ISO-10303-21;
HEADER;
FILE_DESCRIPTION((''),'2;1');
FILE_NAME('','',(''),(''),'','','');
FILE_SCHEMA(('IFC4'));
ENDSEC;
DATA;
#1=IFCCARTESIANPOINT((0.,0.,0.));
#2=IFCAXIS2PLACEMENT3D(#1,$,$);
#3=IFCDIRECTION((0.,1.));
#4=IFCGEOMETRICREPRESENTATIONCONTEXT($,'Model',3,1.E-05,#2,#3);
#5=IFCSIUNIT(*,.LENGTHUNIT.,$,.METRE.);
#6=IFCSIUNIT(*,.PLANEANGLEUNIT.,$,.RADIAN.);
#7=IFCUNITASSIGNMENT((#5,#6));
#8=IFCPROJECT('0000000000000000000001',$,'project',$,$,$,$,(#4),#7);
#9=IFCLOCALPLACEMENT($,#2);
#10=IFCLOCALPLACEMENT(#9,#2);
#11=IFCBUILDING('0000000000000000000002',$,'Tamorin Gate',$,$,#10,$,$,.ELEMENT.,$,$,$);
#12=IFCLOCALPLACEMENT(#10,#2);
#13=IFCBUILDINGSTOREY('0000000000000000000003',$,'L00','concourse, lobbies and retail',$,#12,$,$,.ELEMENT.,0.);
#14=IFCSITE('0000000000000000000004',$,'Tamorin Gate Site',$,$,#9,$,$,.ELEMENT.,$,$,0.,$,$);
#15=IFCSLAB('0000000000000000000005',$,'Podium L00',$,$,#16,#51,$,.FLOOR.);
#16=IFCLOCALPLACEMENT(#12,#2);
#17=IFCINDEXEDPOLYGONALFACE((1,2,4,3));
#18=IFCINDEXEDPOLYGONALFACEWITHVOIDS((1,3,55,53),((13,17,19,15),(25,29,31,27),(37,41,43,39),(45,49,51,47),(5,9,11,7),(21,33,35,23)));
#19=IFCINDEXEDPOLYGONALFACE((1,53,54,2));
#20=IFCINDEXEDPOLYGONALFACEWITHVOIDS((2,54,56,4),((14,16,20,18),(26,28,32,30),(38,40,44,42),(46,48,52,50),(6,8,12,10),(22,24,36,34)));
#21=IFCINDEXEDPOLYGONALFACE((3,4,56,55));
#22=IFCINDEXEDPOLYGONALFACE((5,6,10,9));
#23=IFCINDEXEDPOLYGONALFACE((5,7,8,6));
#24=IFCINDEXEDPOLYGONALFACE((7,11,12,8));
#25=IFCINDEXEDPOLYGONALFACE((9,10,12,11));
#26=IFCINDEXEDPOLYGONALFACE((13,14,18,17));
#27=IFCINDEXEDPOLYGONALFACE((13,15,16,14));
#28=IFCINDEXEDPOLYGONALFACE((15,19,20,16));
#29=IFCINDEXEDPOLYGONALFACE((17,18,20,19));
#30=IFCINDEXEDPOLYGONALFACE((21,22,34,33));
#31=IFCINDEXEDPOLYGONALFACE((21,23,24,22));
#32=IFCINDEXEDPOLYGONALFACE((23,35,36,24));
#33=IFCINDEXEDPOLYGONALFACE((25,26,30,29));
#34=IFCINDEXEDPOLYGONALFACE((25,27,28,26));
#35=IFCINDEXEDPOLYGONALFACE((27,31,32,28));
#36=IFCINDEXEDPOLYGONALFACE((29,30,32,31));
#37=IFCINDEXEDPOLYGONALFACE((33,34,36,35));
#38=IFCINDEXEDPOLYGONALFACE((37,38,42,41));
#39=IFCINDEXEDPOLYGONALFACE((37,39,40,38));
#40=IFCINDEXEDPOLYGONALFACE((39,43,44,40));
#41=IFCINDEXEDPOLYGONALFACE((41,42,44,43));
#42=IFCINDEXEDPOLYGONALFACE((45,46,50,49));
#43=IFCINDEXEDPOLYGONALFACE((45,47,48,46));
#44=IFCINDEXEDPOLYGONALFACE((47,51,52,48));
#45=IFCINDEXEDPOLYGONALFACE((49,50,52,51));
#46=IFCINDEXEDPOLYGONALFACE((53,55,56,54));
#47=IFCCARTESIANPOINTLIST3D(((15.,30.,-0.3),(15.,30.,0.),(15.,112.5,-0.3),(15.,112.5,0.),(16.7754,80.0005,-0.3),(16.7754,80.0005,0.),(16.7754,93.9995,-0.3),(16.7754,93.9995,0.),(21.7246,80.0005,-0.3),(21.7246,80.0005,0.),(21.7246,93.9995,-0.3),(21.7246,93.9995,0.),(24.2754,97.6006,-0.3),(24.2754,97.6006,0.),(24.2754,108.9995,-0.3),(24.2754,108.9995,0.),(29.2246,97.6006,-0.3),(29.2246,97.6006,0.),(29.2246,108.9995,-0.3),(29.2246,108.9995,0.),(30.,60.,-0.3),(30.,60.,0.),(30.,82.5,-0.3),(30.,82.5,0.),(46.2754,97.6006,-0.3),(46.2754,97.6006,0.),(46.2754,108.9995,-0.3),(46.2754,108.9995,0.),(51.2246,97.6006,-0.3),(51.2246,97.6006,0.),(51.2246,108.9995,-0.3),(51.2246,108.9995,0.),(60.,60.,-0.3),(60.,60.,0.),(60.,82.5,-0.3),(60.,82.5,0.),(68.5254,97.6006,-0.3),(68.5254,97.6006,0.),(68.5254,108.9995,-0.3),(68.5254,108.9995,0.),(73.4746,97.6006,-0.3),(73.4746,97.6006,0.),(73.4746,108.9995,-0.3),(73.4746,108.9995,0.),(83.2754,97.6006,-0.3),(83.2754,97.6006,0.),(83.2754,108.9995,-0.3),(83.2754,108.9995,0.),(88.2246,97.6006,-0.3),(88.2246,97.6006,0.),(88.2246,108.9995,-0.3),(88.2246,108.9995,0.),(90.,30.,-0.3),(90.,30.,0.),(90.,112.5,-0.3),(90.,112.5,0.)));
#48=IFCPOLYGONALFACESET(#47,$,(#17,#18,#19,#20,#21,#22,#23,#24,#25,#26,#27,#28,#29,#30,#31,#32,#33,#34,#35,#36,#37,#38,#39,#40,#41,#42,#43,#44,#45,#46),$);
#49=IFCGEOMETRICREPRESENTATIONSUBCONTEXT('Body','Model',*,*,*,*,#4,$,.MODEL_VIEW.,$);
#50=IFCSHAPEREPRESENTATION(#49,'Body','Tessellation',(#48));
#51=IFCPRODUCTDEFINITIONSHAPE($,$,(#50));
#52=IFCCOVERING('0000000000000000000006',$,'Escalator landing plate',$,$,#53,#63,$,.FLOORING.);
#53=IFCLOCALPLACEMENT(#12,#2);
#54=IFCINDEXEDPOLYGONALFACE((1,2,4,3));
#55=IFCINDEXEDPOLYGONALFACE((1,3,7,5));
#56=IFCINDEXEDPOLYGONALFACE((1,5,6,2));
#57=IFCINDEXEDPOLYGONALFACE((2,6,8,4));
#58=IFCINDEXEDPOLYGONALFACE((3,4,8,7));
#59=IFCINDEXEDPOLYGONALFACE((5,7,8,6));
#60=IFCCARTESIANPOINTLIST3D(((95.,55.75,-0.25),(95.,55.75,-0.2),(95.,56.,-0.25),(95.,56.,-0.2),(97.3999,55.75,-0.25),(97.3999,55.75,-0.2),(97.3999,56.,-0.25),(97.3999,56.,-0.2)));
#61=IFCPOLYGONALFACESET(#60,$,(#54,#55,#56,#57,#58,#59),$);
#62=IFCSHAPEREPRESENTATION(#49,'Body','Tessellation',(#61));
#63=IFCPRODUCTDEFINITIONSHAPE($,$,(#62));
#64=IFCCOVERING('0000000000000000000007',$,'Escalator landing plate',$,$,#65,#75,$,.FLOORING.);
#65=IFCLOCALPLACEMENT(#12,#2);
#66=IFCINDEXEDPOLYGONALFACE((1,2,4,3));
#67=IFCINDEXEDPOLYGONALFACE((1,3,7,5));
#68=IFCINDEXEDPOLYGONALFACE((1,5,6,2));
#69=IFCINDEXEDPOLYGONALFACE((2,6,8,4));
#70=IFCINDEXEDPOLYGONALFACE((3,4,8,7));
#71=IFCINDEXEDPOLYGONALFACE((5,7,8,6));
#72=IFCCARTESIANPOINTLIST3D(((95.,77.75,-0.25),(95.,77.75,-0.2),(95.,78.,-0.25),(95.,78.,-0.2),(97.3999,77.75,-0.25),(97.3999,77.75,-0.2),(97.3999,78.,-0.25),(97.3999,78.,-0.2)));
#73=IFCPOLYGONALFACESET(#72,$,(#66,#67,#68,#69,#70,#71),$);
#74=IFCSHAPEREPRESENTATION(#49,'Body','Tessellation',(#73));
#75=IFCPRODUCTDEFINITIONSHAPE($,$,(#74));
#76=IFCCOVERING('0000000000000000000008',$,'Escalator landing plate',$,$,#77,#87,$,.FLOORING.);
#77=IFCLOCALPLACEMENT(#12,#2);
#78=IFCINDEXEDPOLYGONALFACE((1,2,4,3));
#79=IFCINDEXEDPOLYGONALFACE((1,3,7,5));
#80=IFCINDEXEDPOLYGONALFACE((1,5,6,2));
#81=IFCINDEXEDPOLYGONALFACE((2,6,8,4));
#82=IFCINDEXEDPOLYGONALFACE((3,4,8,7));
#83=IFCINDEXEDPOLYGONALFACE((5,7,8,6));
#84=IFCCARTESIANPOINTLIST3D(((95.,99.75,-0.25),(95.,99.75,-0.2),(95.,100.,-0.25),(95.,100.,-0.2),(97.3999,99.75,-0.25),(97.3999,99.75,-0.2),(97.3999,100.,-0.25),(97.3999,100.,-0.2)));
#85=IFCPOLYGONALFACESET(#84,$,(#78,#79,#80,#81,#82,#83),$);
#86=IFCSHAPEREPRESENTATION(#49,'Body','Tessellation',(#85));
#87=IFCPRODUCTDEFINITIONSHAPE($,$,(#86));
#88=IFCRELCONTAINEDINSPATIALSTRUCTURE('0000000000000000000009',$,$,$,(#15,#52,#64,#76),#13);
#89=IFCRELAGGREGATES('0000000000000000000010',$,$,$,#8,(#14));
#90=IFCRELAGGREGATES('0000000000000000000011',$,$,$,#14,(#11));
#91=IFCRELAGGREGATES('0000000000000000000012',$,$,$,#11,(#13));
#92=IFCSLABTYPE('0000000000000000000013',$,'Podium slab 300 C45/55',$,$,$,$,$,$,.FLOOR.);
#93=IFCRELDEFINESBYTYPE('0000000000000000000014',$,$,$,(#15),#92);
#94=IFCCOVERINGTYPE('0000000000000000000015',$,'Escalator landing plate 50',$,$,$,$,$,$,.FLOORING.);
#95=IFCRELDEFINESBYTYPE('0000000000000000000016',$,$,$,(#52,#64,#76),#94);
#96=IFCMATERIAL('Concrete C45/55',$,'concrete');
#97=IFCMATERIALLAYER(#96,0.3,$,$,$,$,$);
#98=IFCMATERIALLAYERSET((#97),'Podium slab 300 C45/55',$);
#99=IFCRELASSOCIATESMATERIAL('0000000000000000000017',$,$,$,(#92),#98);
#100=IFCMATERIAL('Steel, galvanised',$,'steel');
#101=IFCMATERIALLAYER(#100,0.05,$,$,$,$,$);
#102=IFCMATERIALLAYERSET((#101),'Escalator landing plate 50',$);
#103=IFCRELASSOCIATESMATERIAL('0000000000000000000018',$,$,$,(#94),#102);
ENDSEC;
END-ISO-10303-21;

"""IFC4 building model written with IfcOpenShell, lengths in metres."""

from ifc_helpers import new_model, si_unit, direction, frame, origin, place, context, subcontext, project, spatial, polyline, outline, extrude, material, layer, layer_set, type_object, element, save


model = new_model("IFC4")

# Units and contexts
model_context = context("Model", 3, precision=1e-05, world=origin(), true_north=direction((0.0, 1.0)))
body_context = subcontext(model_context, "Body", "Model", "MODEL_VIEW")
ifc_project = project(units=[si_unit("LENGTHUNIT", "METRE"), si_unit("PLANEANGLEUNIT", "RADIAN")], contexts=[model_context])

# Site, building, storey
site_placement = place(None, origin())
site = spatial("IfcSite", under=ifc_project, at=site_placement, Name="Tamorin Gate Site", CompositionType="ELEMENT", RefElevation=0.0)
building_placement = place(site_placement, origin())
building = spatial("IfcBuilding", under=site, at=building_placement, Name="Tamorin Gate", CompositionType="ELEMENT")
storey_placement = place(building_placement, origin())
storey = spatial("IfcBuildingStorey", under=building, at=storey_placement, Name="L00", Description="concourse, lobbies and retail", CompositionType="ELEMENT", Elevation=0.0)

# Slab
ifc_material_1 = material(Name="Concrete C45/55", Category="concrete")
ifc_layer_1 = layer(ifc_material_1, 0.3)
ifc_layer_set_1 = layer_set([ifc_layer_1], Name="Podium slab 300 C45/55")
slab_type_1 = type_object("IfcSlabType", Name="Podium slab 300 C45/55", PredefinedType="FLOOR", material=ifc_layer_set_1)
slab_1_placement = place(storey_placement, frame((0.0, 0.0, -0.3)))
element("IfcSlab", 1, at=slab_1_placement, inside=storey, type_object=slab_type_1, Name="Podium L00", PredefinedType="FLOOR", context=body_context, shape_type="SweptSolid", body=[
    extrude(outline(polyline([(15.0, 30.0), (15.0, 112.5), (90.0, 112.5), (90.0, 30.0), (15.0, 30.0)]), holes=[polyline([(60.0, 60.0), (60.0, 82.5), (30.0, 82.5), (30.0, 60.0), (60.0, 60.0)]), polyline([(16.7754, 93.9995), (21.7246, 93.9995), (21.7246, 80.0005), (16.7754, 80.0005), (16.7754, 93.9995)]), polyline([(24.2754, 108.9995), (29.2246, 108.9995), (29.2246, 97.6006), (24.2754, 97.6006), (24.2754, 108.9995)]), polyline([(46.2754, 108.9995), (51.2246, 108.9995), (51.2246, 97.6006), (46.2754, 97.6006), (46.2754, 108.9995)]), polyline([(68.5254, 108.9995), (73.4746, 108.9995), (73.4746, 97.6006), (68.5254, 97.6006), (68.5254, 108.9995)]), polyline([(83.2754, 108.9995), (88.2246, 108.9995), (88.2246, 97.6006), (83.2754, 97.6006), (83.2754, 108.9995)])]), origin(), (0.0, 0.0, 1.0), 0.3),
])

# Coverings
ifc_material_2 = material(Name="Steel, galvanised", Category="steel")
ifc_layer_2 = layer(ifc_material_2, 0.05)
ifc_layer_set_2 = layer_set([ifc_layer_2], Name="Escalator landing plate 50")
covering_type = type_object("IfcCoveringType", Name="Escalator landing plate 50", PredefinedType="FLOORING", material=ifc_layer_set_2)
covering_1_placement = place(storey_placement, frame((0.0, 0.0, -0.25)))
element("IfcCovering", 2, at=covering_1_placement, inside=storey, type_object=covering_type, Name="Escalator landing plate", PredefinedType="FLOORING", context=body_context, shape_type="SweptSolid", body=[
    extrude(outline(polyline([(95.0, 55.75), (97.3999, 55.75), (97.3999, 56.0), (95.0, 56.0), (95.0, 55.75)])), origin(), (0.0, 0.0, 1.0), 0.05),
])
covering_2_placement = place(storey_placement, frame((0.0, 0.0, -0.25)))
element("IfcCovering", 3, at=covering_2_placement, inside=storey, type_object=covering_type, Name="Escalator landing plate", PredefinedType="FLOORING", context=body_context, shape_type="SweptSolid", body=[
    extrude(outline(polyline([(95.0, 77.75), (97.3999, 77.75), (97.3999, 78.0), (95.0, 78.0), (95.0, 77.75)])), origin(), (0.0, 0.0, 1.0), 0.05),
])
covering_3_placement = place(storey_placement, frame((0.0, 0.0, -0.25)))
element("IfcCovering", 4, at=covering_3_placement, inside=storey, type_object=covering_type, Name="Escalator landing plate", PredefinedType="FLOORING", context=body_context, shape_type="SweptSolid", body=[
    extrude(outline(polyline([(95.0, 99.75), (97.3999, 99.75), (97.3999, 100.0), (95.0, 100.0), (95.0, 99.75)])), origin(), (0.0, 0.0, 1.0), 0.05),
])

save(model, "model.ifc")
